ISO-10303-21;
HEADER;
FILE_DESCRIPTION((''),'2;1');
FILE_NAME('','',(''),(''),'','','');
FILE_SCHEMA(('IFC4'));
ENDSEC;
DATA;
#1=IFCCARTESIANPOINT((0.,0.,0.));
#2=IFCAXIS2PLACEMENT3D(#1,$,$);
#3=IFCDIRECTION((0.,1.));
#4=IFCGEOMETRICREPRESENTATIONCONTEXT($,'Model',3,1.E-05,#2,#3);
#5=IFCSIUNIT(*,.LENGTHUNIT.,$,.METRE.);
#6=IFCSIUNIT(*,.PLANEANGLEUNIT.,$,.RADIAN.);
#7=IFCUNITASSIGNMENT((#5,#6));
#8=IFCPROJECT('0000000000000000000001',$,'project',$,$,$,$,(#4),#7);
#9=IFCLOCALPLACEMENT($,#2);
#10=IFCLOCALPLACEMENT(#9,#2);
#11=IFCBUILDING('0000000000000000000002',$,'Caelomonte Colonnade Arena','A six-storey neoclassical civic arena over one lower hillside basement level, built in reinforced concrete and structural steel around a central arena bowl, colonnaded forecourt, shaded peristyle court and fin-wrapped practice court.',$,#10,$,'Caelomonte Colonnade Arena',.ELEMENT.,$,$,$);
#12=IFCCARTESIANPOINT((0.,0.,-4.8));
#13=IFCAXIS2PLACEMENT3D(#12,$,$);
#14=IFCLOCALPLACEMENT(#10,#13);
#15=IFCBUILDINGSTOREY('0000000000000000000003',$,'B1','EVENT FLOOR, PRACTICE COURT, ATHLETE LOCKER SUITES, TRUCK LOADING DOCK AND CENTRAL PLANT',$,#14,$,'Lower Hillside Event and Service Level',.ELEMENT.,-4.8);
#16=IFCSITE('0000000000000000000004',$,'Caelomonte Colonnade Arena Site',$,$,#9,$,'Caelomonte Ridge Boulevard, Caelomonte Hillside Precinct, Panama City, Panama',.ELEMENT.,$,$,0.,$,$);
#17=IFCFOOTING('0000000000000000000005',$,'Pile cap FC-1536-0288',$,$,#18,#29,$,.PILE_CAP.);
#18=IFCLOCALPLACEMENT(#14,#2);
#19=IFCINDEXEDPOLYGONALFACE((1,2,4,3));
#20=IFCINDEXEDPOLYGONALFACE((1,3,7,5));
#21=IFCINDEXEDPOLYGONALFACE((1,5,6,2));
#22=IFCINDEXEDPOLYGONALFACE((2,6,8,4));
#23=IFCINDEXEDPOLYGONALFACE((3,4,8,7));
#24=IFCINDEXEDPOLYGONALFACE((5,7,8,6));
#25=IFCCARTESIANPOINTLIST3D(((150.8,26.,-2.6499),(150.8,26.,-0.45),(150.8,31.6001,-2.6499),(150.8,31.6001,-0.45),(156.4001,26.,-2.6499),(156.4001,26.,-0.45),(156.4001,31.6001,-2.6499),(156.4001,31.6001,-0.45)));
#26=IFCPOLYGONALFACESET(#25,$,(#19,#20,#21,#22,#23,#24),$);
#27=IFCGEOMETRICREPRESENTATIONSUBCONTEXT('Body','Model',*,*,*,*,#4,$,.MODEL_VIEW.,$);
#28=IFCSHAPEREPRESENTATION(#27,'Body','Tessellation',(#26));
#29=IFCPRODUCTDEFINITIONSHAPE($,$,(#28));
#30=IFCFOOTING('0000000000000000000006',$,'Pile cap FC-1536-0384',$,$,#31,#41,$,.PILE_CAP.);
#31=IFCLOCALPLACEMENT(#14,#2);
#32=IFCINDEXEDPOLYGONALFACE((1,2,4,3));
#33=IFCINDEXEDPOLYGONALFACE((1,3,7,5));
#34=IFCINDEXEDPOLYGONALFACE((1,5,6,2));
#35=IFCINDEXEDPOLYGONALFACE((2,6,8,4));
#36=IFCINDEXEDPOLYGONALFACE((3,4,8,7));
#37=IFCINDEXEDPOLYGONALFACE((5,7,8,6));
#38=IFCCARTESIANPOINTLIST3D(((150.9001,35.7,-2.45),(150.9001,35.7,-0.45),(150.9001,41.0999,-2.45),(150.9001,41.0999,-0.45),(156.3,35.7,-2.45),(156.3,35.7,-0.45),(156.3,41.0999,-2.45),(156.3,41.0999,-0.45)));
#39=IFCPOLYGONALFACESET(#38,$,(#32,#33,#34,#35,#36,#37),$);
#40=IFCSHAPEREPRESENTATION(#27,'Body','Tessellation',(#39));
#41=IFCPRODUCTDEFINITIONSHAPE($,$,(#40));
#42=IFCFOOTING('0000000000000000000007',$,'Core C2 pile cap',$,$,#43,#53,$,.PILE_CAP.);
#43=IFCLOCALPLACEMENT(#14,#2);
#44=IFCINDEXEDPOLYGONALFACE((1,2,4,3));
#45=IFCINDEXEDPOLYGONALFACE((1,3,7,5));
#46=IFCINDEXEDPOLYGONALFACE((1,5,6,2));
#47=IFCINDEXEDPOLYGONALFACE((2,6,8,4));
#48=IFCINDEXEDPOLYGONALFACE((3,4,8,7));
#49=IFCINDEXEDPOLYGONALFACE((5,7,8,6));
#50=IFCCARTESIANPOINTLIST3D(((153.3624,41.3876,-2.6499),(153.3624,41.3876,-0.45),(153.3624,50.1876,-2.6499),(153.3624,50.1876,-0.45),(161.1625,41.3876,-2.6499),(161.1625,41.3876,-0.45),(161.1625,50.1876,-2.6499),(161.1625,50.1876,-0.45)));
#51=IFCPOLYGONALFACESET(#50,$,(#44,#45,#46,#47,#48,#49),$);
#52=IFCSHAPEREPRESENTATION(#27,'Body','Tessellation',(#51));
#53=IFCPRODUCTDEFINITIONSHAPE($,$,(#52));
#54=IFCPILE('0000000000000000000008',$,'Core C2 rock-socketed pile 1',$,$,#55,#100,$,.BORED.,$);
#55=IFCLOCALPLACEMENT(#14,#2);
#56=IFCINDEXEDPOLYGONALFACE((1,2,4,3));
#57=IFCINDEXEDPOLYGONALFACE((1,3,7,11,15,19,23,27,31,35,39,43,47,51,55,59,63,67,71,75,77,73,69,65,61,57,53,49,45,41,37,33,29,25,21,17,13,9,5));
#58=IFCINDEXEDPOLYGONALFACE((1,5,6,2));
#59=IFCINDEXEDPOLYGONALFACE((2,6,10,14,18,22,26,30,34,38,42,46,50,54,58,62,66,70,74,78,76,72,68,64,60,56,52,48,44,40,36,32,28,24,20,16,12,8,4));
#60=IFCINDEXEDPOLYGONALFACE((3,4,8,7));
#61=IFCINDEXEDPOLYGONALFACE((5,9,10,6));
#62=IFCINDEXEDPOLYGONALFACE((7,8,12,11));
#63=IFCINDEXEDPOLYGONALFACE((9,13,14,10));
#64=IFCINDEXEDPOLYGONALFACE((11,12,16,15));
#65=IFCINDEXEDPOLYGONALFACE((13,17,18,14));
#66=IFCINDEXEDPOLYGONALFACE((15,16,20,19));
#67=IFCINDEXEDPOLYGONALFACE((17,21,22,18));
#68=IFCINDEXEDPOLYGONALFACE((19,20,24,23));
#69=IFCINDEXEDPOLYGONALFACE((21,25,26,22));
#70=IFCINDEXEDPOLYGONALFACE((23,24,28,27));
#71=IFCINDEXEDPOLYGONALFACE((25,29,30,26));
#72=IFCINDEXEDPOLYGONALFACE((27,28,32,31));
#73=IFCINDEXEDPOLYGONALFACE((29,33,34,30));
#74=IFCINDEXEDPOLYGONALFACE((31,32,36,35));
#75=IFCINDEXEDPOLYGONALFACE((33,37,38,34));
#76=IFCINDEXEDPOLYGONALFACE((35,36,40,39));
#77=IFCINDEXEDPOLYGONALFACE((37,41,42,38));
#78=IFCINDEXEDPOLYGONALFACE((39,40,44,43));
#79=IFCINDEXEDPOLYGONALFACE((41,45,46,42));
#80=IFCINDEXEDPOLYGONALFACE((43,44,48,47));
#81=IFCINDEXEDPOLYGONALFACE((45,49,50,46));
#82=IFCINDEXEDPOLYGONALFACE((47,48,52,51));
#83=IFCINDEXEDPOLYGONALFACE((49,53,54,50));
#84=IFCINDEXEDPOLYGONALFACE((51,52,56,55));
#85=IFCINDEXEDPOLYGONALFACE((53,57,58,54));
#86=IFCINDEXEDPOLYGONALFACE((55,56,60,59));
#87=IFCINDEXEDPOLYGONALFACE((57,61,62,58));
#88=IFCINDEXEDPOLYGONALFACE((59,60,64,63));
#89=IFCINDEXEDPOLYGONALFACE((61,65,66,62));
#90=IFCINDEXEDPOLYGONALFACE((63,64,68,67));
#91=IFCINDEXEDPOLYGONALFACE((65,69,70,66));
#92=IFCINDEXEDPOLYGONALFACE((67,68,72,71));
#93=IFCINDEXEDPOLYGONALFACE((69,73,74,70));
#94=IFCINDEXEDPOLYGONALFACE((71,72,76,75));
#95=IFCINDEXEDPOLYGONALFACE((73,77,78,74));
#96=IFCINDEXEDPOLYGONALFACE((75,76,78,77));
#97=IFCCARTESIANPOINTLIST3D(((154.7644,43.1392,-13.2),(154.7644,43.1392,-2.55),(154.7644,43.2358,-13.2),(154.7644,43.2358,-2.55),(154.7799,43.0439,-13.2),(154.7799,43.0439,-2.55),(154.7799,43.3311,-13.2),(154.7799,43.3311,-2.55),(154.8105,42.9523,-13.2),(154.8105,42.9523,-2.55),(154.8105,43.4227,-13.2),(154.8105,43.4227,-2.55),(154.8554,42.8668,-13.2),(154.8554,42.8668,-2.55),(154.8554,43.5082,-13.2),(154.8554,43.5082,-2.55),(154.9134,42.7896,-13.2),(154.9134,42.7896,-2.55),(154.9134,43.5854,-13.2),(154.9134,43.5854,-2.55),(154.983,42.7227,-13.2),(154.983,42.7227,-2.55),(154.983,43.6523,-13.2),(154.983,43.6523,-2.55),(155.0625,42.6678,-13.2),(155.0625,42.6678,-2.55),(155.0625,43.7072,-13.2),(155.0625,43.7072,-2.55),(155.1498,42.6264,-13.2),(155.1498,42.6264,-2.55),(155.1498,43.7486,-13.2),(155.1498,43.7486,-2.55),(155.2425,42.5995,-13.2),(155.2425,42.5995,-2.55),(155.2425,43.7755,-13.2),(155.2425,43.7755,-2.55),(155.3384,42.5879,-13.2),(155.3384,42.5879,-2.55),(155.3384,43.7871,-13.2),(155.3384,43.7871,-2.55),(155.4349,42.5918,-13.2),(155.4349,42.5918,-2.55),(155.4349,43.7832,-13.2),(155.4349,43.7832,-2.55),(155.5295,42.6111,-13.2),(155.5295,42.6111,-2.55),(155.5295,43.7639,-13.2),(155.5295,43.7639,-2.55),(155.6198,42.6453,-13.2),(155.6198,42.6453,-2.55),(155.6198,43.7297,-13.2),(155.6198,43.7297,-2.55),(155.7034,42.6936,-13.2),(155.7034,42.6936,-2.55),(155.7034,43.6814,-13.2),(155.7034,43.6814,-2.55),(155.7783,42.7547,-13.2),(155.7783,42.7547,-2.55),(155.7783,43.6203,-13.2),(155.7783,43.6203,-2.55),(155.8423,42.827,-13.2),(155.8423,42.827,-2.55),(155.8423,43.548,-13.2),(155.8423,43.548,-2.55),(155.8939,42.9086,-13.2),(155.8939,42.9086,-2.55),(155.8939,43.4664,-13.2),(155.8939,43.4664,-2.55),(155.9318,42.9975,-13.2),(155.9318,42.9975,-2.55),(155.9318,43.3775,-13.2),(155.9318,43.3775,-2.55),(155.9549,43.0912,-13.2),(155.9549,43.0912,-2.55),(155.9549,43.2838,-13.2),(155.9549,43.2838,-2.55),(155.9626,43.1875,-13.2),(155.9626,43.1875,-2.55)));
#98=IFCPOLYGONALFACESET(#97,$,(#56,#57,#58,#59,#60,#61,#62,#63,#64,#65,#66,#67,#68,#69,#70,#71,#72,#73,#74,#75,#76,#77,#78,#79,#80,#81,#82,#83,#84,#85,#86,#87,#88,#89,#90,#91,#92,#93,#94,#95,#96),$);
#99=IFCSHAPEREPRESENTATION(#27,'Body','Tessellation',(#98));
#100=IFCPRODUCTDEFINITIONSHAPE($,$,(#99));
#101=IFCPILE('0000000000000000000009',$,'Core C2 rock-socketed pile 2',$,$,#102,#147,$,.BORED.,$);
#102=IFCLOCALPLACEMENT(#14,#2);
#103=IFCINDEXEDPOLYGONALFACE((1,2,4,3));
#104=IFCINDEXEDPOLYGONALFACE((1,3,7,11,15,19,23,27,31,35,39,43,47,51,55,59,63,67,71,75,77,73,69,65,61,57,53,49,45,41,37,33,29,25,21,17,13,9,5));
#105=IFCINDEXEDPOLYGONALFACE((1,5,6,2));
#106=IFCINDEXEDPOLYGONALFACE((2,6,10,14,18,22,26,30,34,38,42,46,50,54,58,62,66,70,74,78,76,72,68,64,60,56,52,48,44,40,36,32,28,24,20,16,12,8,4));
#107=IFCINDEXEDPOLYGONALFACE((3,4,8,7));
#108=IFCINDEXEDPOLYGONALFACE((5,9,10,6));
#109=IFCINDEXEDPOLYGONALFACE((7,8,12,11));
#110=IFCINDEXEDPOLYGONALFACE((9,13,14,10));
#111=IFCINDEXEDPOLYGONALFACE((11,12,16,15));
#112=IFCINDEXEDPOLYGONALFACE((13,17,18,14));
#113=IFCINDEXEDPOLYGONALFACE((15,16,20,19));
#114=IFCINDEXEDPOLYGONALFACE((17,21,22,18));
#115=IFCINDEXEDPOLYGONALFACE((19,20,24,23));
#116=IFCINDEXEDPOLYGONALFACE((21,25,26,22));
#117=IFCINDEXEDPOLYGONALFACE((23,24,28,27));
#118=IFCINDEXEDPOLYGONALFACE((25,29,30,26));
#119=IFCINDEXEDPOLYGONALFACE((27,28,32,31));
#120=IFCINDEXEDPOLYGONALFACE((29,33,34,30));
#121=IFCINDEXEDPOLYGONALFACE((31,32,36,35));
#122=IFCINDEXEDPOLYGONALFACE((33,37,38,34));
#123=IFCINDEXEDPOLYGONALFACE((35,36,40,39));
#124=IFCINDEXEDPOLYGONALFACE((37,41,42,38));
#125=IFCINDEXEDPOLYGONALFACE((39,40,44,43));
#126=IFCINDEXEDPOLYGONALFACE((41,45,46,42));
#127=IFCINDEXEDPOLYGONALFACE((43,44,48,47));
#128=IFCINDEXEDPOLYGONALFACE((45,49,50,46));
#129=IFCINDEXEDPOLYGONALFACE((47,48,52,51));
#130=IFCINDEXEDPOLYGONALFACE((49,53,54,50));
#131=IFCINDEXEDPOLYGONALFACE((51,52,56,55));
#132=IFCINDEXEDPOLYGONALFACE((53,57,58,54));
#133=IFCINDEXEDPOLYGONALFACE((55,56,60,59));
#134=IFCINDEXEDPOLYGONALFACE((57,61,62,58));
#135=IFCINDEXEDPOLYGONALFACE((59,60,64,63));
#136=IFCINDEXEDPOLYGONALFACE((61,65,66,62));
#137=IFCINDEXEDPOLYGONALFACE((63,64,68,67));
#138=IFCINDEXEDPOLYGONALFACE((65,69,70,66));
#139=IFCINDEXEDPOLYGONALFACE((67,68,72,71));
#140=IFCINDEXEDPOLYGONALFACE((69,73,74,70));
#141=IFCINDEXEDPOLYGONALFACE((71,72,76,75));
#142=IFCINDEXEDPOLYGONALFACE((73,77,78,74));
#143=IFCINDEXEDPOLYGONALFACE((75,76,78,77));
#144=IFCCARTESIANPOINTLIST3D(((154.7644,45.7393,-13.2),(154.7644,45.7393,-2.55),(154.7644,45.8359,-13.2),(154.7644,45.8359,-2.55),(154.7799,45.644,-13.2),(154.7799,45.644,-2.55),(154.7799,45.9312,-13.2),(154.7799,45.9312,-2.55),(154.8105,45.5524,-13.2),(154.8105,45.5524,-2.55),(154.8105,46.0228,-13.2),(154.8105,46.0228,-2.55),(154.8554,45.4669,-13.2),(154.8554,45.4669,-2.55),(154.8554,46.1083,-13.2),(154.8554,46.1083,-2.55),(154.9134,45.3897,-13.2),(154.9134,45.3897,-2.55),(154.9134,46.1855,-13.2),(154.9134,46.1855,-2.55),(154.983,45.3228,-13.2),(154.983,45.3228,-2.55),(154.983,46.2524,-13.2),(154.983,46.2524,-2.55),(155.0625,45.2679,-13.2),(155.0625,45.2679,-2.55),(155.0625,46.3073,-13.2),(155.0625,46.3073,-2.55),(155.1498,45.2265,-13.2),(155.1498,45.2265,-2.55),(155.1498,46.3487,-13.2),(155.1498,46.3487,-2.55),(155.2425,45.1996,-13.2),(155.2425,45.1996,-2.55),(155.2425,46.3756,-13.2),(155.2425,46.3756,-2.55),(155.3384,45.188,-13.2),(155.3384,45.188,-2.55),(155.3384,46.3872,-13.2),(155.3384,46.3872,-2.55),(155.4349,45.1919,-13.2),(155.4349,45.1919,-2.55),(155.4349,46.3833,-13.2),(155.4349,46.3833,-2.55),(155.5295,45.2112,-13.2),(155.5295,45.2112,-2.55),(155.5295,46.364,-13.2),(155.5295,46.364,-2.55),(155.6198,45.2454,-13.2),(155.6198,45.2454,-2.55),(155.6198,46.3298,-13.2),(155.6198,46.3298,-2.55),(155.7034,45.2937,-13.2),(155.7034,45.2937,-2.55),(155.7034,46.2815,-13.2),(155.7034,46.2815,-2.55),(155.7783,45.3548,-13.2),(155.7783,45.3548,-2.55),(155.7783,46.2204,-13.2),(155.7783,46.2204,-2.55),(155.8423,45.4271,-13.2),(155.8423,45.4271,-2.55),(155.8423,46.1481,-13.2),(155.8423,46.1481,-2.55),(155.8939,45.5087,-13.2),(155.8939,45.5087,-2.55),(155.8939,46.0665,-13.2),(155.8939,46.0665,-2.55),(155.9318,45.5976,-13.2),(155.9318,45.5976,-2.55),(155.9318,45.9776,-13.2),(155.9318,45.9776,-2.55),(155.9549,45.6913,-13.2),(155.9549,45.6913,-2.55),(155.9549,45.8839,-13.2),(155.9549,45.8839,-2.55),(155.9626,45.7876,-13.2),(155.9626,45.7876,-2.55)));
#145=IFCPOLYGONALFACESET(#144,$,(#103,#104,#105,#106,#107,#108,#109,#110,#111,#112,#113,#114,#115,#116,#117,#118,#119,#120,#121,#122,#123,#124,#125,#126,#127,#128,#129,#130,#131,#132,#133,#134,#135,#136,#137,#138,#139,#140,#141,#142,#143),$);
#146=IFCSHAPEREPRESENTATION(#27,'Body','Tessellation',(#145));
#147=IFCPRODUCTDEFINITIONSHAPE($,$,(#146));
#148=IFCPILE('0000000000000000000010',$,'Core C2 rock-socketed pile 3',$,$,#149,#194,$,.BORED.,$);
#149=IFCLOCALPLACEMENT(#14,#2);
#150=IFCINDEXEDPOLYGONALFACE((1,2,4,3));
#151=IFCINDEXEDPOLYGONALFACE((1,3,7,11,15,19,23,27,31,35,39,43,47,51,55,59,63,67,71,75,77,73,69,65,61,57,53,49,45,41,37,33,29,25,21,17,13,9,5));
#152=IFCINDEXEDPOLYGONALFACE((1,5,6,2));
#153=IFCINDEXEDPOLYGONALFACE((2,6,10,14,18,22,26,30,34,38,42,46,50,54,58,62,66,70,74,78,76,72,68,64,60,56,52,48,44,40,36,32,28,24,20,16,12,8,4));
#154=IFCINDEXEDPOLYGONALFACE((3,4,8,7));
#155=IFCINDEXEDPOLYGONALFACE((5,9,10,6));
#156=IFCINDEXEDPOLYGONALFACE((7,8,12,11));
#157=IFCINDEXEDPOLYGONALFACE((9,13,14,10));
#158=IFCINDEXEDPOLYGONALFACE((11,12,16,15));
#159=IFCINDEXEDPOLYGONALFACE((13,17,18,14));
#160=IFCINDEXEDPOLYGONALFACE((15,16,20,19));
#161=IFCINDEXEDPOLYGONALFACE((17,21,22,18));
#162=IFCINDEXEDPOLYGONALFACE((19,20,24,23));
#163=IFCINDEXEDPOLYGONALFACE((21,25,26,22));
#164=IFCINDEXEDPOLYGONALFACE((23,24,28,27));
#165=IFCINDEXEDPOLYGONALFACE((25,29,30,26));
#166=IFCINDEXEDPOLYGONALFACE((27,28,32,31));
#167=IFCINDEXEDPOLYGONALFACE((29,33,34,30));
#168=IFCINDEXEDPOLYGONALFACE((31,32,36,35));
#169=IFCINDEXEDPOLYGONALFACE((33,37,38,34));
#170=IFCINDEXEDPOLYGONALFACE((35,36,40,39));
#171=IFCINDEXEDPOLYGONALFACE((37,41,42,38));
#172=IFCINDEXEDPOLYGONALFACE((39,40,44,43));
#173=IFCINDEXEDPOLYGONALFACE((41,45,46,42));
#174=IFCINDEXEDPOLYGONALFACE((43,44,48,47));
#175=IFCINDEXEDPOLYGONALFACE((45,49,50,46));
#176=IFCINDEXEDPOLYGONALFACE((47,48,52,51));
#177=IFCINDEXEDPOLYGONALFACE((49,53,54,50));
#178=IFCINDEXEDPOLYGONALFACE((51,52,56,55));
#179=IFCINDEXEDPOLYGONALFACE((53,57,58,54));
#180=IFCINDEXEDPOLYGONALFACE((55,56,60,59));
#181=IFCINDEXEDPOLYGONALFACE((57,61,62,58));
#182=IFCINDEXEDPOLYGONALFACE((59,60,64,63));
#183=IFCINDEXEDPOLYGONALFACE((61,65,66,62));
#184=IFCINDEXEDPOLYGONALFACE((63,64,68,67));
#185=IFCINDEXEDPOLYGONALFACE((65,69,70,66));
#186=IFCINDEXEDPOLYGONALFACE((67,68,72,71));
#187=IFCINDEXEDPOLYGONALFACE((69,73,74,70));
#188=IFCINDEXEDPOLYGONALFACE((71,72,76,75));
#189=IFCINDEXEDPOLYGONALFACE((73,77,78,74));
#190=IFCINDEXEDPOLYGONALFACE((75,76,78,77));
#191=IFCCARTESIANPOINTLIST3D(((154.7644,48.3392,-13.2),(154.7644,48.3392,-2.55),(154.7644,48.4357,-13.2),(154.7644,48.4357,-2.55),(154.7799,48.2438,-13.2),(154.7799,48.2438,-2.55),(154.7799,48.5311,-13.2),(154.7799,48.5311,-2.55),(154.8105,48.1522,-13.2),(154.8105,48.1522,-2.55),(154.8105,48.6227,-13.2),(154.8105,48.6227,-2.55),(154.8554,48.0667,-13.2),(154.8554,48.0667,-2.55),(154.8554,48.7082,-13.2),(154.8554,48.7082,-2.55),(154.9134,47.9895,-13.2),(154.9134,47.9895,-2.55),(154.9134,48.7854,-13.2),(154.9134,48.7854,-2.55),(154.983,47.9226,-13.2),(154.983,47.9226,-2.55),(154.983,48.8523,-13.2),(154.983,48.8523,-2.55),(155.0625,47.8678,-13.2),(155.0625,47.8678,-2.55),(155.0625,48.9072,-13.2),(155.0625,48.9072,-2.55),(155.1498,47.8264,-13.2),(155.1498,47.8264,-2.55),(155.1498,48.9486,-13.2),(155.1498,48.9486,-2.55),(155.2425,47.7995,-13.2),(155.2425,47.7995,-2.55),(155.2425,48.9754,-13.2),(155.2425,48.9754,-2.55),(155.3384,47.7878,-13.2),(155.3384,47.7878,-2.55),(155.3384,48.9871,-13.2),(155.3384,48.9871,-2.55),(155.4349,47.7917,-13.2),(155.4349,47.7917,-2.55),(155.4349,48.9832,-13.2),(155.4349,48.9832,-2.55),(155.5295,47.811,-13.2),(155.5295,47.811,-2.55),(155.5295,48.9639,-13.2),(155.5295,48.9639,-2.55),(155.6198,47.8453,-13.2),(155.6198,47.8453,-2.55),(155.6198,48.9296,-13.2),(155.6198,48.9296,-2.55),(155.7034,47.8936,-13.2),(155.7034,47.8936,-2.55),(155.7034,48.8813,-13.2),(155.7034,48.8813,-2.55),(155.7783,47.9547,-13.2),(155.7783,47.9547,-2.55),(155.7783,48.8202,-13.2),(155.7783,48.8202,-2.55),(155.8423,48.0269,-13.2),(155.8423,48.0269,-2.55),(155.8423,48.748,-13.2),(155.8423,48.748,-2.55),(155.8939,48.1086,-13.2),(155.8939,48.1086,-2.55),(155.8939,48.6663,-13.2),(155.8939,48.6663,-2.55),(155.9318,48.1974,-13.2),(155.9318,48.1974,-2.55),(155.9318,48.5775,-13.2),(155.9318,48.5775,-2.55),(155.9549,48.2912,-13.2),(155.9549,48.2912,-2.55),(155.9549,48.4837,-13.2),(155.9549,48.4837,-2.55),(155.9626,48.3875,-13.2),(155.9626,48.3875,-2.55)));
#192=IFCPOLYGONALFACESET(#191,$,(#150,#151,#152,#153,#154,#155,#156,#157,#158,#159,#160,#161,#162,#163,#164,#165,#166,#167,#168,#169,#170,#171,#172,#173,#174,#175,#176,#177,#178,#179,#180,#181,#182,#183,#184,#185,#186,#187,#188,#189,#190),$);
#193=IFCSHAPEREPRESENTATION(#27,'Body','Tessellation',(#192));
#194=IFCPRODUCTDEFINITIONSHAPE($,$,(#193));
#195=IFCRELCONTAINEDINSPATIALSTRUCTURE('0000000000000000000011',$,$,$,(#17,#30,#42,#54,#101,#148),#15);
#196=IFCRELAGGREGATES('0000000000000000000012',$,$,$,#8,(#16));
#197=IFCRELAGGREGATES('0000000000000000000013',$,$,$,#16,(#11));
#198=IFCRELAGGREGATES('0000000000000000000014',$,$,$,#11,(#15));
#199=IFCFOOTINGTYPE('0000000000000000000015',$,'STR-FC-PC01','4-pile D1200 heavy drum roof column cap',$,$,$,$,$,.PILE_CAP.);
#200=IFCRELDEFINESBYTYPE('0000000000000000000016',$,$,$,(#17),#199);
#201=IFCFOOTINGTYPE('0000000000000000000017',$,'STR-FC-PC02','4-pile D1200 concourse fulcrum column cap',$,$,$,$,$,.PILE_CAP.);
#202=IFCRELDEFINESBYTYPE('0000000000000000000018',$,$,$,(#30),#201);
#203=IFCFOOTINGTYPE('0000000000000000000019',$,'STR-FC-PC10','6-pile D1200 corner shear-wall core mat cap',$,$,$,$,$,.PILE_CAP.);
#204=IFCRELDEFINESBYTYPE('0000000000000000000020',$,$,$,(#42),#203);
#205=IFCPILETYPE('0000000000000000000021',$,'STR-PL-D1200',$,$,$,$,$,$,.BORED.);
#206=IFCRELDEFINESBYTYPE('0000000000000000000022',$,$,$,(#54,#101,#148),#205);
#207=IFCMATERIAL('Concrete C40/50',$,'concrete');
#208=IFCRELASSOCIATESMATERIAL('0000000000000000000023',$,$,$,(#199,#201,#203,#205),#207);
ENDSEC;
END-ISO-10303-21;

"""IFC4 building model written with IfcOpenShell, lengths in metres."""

from ifc_helpers import new_model, si_unit, direction, frame, origin, origin_2d, place, context, subcontext, project, spatial, rectangle, circle, extrude, material, material_profile, profile_set, type_object, element, save


model = new_model("IFC4")

# Units and contexts
model_context = context("Model", 3, precision=1e-05, world=origin(), true_north=direction((0.0, 1.0)))
body_context = subcontext(model_context, "Body", "Model", "MODEL_VIEW")
ifc_project = project(units=[si_unit("LENGTHUNIT", "METRE"), si_unit("PLANEANGLEUNIT", "RADIAN")], contexts=[model_context])

# Site, building, storey
site_placement = place(None, origin())
site = spatial("IfcSite", under=ifc_project, at=site_placement, Name="Caelomonte Colonnade Arena Site", LongName="Caelomonte Ridge Boulevard, Caelomonte Hillside Precinct, Panama City, Panama", CompositionType="ELEMENT", RefElevation=0.0)
building_placement = place(site_placement, origin())
building = spatial("IfcBuilding", under=site, at=building_placement, Name="Caelomonte Colonnade Arena", Description="A six-storey neoclassical civic arena over one lower hillside basement level, built in reinforced concrete and structural steel around a central arena bowl, colonnaded forecourt, shaded peristyle court and fin-wrapped practice court.", LongName="Caelomonte Colonnade Arena", CompositionType="ELEMENT")
storey_placement = place(building_placement, frame((0.0, 0.0, -4.8)))
storey = spatial("IfcBuildingStorey", under=building, at=storey_placement, Name="B1", Description="EVENT FLOOR, PRACTICE COURT, ATHLETE LOCKER SUITES, TRUCK LOADING DOCK AND CENTRAL PLANT", LongName="Lower Hillside Event and Service Level", CompositionType="ELEMENT", Elevation=-4.8)

# Footings
ifc_material_1 = material(Name="Concrete C40/50", Category="concrete")
footing_type_1 = type_object("IfcFootingType", Name="STR-FC-PC01", Description="4-pile D1200 heavy drum roof column cap", PredefinedType="PILE_CAP", material=ifc_material_1)
footing_1_placement = place(storey_placement, frame((153.6001, 28.8, -2.6499), z_axis=(0.0, 0.0, 1.0), x_axis=(1.0, 0.0, 0.0)))
element("IfcFooting", 1, at=footing_1_placement, inside=storey, type_object=footing_type_1, Name="Pile cap FC-1536-0288", PredefinedType="PILE_CAP", context=body_context, shape_type="SweptSolid", body=[
    extrude(rectangle(XDim=5.6001, YDim=5.6001, at=origin_2d()), origin(), (0.0, 0.0, 1.0), 2.2),
])
footing_type_2 = type_object("IfcFootingType", Name="STR-FC-PC02", Description="4-pile D1200 concourse fulcrum column cap", PredefinedType="PILE_CAP", material=ifc_material_1)
footing_2_placement = place(storey_placement, frame((153.6001, 38.3999, -2.45), z_axis=(0.0, 0.0, 1.0), x_axis=(1.0, 0.0, 0.0)))
element("IfcFooting", 2, at=footing_2_placement, inside=storey, type_object=footing_type_2, Name="Pile cap FC-1536-0384", PredefinedType="PILE_CAP", context=body_context, shape_type="SweptSolid", body=[
    extrude(rectangle(XDim=5.3999, YDim=5.3999, at=origin_2d()), origin(), (0.0, 0.0, 1.0), 2.0),
])
footing_type_3 = type_object("IfcFootingType", Name="STR-FC-PC10", Description="6-pile D1200 corner shear-wall core mat cap", PredefinedType="PILE_CAP", material=ifc_material_1)
footing_3_placement = place(storey_placement, frame((157.2625, 45.7876, -2.6499), z_axis=(0.0, 0.0, 1.0), x_axis=(1.0, 0.0, 0.0)))
element("IfcFooting", 3, at=footing_3_placement, inside=storey, type_object=footing_type_3, Name="Core C2 pile cap", PredefinedType="PILE_CAP", context=body_context, shape_type="SweptSolid", body=[
    extrude(rectangle(XDim=7.8, YDim=8.8, at=origin_2d()), origin(), (0.0, 0.0, 1.0), 2.2),
])

# Piles
ifc_material_profile_1 = material_profile(ifc_material_1, circle(Radius=0.6001, at=origin_2d()), Name="PILE-D1200")
ifc_profile_set_1 = profile_set([ifc_material_profile_1], Name="Concrete C40/50")
pile_type = type_object("IfcPileType", Name="STR-PL-D1200", PredefinedType="BORED", material=ifc_profile_set_1)
for number, where, z_axis, x_axis, name in (
    (4, (155.3625, 43.1875, -2.55), (0.0, 0.0, -1.0), (1.0, 0.0, 0.0), "Core C2 rock-socketed pile 1"),
    (5, (155.3625, 45.7876, -2.55), (0.0, 0.0, -1.0), (1.0, 0.0, 0.0), "Core C2 rock-socketed pile 2"),
    (6, (155.3625, 48.3875, -2.55), (0.0, 0.0, -1.0), (1.0, 0.0, 0.0), "Core C2 rock-socketed pile 3"),
):
    element("IfcPile", number, at=place(storey_placement, frame(where, z_axis=z_axis, x_axis=x_axis)), inside=storey, type_object=pile_type, Name=name, PredefinedType="BORED", context=body_context, shape_type="SweptSolid", body=[
        extrude(circle(Radius=0.6001, at=origin_2d()), origin(), (0.0, 0.0, 1.0), 10.6499),
    ])

save(model, "model.ifc")
